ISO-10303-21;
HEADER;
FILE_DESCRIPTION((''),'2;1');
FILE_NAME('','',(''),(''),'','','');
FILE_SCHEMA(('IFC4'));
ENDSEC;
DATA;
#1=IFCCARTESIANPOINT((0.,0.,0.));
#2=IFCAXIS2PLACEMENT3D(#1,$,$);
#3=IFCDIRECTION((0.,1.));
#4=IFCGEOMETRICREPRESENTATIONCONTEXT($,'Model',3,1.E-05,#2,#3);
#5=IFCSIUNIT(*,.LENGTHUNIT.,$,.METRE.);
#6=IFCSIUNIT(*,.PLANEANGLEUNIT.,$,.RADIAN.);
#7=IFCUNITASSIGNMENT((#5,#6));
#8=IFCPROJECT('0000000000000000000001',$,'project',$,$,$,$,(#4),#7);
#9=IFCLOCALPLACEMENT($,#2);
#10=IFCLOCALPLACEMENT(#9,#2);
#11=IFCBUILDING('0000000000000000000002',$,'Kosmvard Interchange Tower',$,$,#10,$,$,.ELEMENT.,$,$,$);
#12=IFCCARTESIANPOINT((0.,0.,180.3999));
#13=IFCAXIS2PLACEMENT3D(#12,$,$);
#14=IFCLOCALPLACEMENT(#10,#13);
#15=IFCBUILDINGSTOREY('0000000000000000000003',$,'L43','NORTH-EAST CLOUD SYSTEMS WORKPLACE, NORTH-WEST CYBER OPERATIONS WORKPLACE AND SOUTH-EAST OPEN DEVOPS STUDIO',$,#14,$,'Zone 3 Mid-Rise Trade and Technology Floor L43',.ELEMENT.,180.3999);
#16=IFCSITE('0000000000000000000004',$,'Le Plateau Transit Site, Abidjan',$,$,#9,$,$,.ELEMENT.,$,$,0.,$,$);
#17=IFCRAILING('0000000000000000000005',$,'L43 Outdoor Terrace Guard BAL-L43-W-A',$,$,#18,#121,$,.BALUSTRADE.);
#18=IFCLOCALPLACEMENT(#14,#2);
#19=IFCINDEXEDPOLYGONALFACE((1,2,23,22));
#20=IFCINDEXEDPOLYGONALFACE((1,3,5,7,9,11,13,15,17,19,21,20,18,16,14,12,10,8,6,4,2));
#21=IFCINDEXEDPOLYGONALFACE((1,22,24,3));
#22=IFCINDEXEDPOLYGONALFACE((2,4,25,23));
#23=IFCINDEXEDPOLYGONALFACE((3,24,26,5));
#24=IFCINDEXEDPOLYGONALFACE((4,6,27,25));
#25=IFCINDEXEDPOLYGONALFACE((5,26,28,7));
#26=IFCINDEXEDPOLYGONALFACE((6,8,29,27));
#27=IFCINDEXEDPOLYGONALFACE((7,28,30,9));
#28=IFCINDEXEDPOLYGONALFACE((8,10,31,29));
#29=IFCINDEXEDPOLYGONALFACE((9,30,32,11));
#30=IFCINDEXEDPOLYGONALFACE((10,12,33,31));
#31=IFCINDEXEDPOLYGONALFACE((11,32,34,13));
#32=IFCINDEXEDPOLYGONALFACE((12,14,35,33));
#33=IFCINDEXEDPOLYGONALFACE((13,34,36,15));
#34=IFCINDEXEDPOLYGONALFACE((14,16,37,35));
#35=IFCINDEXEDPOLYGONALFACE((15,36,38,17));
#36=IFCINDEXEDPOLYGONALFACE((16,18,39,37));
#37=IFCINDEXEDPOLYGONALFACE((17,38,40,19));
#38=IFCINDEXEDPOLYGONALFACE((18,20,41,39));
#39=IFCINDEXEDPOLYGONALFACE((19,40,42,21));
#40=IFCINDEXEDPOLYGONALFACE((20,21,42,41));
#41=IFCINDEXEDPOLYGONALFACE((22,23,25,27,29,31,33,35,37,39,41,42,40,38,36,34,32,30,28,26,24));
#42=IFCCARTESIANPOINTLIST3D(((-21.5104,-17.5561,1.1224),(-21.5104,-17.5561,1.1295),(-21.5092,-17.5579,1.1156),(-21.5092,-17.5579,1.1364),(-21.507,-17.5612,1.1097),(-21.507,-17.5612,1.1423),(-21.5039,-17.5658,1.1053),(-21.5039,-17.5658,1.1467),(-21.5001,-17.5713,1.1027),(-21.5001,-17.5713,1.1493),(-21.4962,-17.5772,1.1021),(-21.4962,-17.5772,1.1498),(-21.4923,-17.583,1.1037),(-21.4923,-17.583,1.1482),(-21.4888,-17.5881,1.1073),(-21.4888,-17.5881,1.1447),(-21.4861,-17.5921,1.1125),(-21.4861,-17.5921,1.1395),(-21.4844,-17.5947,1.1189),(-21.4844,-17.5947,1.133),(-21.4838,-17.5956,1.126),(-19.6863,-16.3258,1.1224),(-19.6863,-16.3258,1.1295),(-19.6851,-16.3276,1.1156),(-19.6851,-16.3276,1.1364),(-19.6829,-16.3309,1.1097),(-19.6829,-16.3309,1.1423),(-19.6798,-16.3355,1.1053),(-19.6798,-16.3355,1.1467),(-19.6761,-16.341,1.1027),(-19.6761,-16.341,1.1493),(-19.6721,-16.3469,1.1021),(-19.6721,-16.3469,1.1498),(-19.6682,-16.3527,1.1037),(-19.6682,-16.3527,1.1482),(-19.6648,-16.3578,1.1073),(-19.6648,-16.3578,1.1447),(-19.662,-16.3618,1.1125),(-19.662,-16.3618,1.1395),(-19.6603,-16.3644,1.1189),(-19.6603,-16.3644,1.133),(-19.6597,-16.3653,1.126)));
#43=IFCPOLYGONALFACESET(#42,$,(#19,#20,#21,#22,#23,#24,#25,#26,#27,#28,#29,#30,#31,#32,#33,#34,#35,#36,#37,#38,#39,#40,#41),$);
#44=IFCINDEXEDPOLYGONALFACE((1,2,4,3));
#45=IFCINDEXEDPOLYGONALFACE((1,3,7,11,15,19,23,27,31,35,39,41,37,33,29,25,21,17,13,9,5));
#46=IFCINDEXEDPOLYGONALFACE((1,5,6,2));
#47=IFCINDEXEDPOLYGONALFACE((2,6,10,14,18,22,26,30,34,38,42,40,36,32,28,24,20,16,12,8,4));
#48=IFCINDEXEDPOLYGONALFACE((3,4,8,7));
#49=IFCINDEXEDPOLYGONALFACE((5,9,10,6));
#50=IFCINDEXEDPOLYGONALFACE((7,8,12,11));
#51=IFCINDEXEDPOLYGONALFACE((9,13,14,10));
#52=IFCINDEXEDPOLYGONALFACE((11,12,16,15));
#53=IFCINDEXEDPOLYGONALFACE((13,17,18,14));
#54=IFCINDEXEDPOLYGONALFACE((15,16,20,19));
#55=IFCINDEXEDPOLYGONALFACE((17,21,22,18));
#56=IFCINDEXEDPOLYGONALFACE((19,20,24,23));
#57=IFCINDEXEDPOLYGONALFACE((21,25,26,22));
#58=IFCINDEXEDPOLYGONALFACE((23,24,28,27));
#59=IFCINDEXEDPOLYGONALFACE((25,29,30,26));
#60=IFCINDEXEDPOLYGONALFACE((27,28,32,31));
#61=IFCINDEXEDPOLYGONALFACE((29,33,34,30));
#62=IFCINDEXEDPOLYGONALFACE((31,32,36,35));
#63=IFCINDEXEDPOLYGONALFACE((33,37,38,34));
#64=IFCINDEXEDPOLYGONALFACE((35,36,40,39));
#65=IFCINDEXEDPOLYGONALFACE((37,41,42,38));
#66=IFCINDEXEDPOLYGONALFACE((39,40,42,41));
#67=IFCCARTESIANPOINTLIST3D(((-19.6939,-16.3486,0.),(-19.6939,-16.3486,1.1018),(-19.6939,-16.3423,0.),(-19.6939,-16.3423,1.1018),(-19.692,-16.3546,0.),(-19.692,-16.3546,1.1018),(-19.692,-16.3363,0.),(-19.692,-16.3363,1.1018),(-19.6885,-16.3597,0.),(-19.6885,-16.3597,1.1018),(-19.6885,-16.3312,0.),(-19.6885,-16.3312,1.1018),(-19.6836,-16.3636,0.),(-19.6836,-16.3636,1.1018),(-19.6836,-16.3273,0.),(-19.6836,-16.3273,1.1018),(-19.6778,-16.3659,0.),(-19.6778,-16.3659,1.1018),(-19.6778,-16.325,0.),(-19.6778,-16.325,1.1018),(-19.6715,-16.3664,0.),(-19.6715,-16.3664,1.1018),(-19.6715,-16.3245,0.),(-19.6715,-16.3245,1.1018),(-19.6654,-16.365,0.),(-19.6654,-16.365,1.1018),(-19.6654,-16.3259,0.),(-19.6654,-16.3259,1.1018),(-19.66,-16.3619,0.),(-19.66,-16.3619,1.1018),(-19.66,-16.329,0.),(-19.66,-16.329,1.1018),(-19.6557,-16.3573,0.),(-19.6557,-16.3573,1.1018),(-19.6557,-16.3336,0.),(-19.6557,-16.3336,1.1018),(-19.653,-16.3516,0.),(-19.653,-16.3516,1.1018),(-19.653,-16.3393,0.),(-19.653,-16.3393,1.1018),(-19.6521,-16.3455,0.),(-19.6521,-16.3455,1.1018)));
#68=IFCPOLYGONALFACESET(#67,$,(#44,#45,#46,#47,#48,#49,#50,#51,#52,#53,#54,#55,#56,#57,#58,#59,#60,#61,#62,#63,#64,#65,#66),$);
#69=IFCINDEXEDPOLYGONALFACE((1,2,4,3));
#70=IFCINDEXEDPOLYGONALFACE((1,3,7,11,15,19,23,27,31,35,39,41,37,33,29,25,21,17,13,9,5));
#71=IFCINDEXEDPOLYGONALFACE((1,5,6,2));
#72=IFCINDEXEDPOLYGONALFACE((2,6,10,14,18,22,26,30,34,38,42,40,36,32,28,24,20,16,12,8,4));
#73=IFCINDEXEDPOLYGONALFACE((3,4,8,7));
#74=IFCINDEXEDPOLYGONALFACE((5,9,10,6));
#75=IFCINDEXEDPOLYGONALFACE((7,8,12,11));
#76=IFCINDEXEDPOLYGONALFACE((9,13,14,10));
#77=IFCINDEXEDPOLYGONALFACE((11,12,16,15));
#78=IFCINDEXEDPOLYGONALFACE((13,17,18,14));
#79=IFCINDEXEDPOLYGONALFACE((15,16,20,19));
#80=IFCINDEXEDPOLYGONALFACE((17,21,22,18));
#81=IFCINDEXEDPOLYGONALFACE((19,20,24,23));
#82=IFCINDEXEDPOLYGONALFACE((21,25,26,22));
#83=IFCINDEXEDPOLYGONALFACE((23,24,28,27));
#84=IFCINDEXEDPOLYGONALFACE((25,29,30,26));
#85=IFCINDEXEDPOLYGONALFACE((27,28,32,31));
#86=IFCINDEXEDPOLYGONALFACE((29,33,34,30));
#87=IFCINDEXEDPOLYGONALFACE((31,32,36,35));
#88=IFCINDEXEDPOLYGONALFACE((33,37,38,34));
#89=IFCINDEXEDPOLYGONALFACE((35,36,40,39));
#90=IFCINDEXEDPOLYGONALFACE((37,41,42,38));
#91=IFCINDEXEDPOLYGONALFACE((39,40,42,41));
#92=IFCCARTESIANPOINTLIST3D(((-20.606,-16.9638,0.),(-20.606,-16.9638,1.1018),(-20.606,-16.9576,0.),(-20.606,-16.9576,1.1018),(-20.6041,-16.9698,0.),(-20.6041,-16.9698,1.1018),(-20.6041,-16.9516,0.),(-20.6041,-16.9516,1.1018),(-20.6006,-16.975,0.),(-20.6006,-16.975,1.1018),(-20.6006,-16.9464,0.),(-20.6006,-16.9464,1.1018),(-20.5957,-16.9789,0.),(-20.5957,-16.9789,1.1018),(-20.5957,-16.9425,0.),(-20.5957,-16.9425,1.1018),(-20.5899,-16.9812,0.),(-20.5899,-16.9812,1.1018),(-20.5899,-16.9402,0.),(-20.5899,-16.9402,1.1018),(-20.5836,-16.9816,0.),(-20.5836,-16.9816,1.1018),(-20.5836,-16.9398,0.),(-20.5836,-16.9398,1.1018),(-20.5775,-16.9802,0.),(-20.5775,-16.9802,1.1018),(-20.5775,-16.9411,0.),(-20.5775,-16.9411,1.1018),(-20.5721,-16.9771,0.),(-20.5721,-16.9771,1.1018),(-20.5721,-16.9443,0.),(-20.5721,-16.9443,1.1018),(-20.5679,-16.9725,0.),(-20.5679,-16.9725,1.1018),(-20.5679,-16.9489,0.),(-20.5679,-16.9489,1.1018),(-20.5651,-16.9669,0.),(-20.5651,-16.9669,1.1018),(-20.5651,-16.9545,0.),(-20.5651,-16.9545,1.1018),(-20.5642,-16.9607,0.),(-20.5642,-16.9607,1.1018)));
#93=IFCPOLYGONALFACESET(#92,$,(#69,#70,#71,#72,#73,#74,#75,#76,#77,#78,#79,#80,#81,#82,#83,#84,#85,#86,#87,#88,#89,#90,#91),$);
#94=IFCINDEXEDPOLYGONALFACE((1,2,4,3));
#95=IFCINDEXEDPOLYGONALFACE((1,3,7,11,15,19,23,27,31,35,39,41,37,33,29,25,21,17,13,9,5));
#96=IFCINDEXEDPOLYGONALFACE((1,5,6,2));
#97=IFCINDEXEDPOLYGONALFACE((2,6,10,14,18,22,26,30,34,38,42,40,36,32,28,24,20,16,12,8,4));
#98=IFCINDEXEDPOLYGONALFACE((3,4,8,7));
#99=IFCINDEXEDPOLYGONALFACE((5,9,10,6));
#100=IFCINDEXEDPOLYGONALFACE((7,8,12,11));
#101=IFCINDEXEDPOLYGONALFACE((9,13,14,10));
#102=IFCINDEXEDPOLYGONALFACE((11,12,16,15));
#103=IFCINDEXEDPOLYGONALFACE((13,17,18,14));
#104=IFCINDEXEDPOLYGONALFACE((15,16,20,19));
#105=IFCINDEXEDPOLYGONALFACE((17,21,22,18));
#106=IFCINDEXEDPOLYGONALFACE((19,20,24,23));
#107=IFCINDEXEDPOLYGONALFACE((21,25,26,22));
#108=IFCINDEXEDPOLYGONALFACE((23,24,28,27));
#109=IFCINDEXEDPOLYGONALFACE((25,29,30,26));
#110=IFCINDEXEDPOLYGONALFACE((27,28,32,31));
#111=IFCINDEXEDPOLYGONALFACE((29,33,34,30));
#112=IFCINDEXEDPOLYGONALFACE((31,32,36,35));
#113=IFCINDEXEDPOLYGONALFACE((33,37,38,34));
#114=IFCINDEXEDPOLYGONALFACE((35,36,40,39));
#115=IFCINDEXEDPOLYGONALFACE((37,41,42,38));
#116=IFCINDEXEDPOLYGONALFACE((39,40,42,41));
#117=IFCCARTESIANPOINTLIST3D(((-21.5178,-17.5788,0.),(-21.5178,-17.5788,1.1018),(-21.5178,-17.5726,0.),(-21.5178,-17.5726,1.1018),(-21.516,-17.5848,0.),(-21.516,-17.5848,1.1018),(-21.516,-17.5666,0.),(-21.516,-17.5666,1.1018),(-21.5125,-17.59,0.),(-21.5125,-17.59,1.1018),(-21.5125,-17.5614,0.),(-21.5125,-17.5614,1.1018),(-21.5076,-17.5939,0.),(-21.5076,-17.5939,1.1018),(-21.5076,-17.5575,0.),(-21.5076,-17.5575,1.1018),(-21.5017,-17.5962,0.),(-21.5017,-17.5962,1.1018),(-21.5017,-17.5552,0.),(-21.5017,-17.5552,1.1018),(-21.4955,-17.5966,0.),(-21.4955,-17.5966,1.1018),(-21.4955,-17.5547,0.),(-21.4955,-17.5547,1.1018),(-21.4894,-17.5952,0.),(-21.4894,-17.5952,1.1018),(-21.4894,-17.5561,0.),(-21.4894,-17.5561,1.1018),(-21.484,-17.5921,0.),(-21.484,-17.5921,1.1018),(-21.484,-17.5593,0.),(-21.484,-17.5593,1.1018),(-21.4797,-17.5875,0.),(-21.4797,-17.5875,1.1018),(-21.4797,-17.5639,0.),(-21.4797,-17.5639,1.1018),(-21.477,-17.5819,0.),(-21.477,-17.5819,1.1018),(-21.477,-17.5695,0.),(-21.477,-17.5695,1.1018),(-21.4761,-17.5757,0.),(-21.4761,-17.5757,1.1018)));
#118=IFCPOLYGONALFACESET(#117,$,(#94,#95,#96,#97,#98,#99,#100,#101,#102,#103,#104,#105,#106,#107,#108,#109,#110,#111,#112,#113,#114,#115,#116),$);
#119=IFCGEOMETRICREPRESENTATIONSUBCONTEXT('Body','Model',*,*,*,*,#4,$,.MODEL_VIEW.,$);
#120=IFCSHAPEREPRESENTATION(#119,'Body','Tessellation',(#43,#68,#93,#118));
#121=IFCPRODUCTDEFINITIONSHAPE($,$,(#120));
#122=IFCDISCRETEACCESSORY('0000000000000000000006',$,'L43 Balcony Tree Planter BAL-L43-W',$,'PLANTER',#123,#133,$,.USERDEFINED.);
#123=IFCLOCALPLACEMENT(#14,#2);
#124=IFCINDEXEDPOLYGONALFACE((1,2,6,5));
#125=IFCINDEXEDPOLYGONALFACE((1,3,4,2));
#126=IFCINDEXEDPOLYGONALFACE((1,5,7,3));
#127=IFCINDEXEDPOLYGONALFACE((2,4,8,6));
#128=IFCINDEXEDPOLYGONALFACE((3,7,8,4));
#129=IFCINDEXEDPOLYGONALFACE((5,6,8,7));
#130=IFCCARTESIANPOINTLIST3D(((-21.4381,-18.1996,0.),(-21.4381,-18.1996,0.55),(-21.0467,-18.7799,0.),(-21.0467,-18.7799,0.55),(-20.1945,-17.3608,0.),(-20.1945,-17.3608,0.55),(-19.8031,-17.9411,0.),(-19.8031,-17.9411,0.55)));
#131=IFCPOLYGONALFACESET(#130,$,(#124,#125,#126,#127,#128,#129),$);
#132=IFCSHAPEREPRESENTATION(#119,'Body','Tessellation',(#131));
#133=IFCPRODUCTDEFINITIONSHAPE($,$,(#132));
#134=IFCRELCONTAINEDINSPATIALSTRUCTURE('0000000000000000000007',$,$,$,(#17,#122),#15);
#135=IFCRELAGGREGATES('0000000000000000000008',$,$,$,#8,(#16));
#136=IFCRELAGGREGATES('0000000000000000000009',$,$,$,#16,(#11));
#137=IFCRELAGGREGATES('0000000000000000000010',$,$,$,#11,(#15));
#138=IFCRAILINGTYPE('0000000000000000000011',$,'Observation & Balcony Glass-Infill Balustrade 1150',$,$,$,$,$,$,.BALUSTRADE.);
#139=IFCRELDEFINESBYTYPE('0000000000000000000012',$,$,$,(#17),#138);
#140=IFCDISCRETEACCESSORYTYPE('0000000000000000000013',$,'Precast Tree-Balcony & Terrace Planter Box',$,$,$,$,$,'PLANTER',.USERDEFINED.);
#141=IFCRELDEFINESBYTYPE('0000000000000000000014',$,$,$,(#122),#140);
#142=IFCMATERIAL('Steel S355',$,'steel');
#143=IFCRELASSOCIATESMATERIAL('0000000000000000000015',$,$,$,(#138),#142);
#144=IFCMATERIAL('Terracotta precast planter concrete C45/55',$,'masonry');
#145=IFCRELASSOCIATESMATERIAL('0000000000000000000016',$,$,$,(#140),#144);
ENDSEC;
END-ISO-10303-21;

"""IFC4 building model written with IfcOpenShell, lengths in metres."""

from ifc_helpers import new_model, si_unit, direction, frame, origin, origin_2d, place, context, subcontext, project, spatial, rectangle, circle, extrude, source, transform, mapped, material, type_object, element, save


model = new_model("IFC4")

# Units and contexts
model_context = context("Model", 3, precision=1e-05, world=origin(), true_north=direction((0.0, 1.0)))
body_context = subcontext(model_context, "Body", "Model", "MODEL_VIEW")
ifc_project = project(units=[si_unit("LENGTHUNIT", "METRE"), si_unit("PLANEANGLEUNIT", "RADIAN")], contexts=[model_context])

# Site, building, storey
site_placement = place(None, origin())
site = spatial("IfcSite", under=ifc_project, at=site_placement, Name="Le Plateau Transit Site, Abidjan", CompositionType="ELEMENT", RefElevation=0.0)
building_placement = place(site_placement, origin())
building = spatial("IfcBuilding", under=site, at=building_placement, Name="Kosmvard Interchange Tower", CompositionType="ELEMENT")
storey_placement = place(building_placement, frame((0.0, 0.0, 180.3999)))
storey = spatial("IfcBuildingStorey", under=building, at=storey_placement, Name="L43", Description="NORTH-EAST CLOUD SYSTEMS WORKPLACE, NORTH-WEST CYBER OPERATIONS WORKPLACE AND SOUTH-EAST OPEN DEVOPS STUDIO", LongName="Zone 3 Mid-Rise Trade and Technology Floor L43", CompositionType="ELEMENT", Elevation=180.3999)

# Shared definitions
ifc_material_1 = material(Name="Steel S355", Category="steel")

# Railing
railing_type = type_object("IfcRailingType", Name="Observation & Balcony Glass-Infill Balustrade 1150", PredefinedType="BALUSTRADE", material=ifc_material_1)
shared_shape_1 = source(origin(), body_context, "Body", "SweptSolid", [
    extrude(circle(Radius=0.0239, at=origin_2d()), frame((0.0, 0.0, 1.126), z_axis=(-0.829051, -0.559174, 0.0), x_axis=(0.559174, -0.829051, 0.0)), (0.0, 0.0, 1.0), 2.2002),
    extrude(circle(Radius=0.021, at=origin_2d()), origin(), (0.0, 0.0, 1.0), 1.1018),
    extrude(circle(Radius=0.021, at=origin_2d()), frame((-0.9121, -0.6152, 0.0)), (0.0, 0.0, 1.0), 1.1018),
    extrude(circle(Radius=0.021, at=origin_2d()), frame((-1.824, -1.2302, 0.0)), (0.0, 0.0, 1.0), 1.1018),
])
railing_1_placement = place(storey_placement, frame((-19.6731, -16.3455, 0.0)))
element("IfcRailing", 1, at=railing_1_placement, inside=storey, type_object=railing_type, Name="L43 Outdoor Terrace Guard BAL-L43-W-A", PredefinedType="BALUSTRADE", context=body_context, shape_type="MappedRepresentation", body=[
    mapped(shared_shape_1, transform((0.0, 0.0, 0.0), scale=1.0)),
])

# Discrete accessory
ifc_material_2 = material(Name="Terracotta precast planter concrete C45/55", Category="masonry")
discrete_accessory_type = type_object("IfcDiscreteAccessoryType", Name="Precast Tree-Balcony & Terrace Planter Box", ElementType="PLANTER", PredefinedType="USERDEFINED", material=ifc_material_2)
shared_shape_2 = source(origin(), body_context, "Body", "SweptSolid", [
    extrude(rectangle(XDim=1.5, YDim=0.7, at=origin_2d()), origin(), (0.0, 0.0, 1.0), 0.55),
])
discrete_accessory_placement = place(storey_placement, frame((-20.6206, -18.0703, 0.0), z_axis=(0.0, 0.0, 1.0), x_axis=(0.829038, 0.559193, 0.0)))
element("IfcDiscreteAccessory", 2, at=discrete_accessory_placement, inside=storey, type_object=discrete_accessory_type, Name="L43 Balcony Tree Planter BAL-L43-W", ObjectType="PLANTER", PredefinedType="USERDEFINED", context=body_context, shape_type="MappedRepresentation", body=[
    mapped(shared_shape_2, transform((0.0, 0.0, 0.0), scale=1.0)),
])

save(model, "model.ifc")
